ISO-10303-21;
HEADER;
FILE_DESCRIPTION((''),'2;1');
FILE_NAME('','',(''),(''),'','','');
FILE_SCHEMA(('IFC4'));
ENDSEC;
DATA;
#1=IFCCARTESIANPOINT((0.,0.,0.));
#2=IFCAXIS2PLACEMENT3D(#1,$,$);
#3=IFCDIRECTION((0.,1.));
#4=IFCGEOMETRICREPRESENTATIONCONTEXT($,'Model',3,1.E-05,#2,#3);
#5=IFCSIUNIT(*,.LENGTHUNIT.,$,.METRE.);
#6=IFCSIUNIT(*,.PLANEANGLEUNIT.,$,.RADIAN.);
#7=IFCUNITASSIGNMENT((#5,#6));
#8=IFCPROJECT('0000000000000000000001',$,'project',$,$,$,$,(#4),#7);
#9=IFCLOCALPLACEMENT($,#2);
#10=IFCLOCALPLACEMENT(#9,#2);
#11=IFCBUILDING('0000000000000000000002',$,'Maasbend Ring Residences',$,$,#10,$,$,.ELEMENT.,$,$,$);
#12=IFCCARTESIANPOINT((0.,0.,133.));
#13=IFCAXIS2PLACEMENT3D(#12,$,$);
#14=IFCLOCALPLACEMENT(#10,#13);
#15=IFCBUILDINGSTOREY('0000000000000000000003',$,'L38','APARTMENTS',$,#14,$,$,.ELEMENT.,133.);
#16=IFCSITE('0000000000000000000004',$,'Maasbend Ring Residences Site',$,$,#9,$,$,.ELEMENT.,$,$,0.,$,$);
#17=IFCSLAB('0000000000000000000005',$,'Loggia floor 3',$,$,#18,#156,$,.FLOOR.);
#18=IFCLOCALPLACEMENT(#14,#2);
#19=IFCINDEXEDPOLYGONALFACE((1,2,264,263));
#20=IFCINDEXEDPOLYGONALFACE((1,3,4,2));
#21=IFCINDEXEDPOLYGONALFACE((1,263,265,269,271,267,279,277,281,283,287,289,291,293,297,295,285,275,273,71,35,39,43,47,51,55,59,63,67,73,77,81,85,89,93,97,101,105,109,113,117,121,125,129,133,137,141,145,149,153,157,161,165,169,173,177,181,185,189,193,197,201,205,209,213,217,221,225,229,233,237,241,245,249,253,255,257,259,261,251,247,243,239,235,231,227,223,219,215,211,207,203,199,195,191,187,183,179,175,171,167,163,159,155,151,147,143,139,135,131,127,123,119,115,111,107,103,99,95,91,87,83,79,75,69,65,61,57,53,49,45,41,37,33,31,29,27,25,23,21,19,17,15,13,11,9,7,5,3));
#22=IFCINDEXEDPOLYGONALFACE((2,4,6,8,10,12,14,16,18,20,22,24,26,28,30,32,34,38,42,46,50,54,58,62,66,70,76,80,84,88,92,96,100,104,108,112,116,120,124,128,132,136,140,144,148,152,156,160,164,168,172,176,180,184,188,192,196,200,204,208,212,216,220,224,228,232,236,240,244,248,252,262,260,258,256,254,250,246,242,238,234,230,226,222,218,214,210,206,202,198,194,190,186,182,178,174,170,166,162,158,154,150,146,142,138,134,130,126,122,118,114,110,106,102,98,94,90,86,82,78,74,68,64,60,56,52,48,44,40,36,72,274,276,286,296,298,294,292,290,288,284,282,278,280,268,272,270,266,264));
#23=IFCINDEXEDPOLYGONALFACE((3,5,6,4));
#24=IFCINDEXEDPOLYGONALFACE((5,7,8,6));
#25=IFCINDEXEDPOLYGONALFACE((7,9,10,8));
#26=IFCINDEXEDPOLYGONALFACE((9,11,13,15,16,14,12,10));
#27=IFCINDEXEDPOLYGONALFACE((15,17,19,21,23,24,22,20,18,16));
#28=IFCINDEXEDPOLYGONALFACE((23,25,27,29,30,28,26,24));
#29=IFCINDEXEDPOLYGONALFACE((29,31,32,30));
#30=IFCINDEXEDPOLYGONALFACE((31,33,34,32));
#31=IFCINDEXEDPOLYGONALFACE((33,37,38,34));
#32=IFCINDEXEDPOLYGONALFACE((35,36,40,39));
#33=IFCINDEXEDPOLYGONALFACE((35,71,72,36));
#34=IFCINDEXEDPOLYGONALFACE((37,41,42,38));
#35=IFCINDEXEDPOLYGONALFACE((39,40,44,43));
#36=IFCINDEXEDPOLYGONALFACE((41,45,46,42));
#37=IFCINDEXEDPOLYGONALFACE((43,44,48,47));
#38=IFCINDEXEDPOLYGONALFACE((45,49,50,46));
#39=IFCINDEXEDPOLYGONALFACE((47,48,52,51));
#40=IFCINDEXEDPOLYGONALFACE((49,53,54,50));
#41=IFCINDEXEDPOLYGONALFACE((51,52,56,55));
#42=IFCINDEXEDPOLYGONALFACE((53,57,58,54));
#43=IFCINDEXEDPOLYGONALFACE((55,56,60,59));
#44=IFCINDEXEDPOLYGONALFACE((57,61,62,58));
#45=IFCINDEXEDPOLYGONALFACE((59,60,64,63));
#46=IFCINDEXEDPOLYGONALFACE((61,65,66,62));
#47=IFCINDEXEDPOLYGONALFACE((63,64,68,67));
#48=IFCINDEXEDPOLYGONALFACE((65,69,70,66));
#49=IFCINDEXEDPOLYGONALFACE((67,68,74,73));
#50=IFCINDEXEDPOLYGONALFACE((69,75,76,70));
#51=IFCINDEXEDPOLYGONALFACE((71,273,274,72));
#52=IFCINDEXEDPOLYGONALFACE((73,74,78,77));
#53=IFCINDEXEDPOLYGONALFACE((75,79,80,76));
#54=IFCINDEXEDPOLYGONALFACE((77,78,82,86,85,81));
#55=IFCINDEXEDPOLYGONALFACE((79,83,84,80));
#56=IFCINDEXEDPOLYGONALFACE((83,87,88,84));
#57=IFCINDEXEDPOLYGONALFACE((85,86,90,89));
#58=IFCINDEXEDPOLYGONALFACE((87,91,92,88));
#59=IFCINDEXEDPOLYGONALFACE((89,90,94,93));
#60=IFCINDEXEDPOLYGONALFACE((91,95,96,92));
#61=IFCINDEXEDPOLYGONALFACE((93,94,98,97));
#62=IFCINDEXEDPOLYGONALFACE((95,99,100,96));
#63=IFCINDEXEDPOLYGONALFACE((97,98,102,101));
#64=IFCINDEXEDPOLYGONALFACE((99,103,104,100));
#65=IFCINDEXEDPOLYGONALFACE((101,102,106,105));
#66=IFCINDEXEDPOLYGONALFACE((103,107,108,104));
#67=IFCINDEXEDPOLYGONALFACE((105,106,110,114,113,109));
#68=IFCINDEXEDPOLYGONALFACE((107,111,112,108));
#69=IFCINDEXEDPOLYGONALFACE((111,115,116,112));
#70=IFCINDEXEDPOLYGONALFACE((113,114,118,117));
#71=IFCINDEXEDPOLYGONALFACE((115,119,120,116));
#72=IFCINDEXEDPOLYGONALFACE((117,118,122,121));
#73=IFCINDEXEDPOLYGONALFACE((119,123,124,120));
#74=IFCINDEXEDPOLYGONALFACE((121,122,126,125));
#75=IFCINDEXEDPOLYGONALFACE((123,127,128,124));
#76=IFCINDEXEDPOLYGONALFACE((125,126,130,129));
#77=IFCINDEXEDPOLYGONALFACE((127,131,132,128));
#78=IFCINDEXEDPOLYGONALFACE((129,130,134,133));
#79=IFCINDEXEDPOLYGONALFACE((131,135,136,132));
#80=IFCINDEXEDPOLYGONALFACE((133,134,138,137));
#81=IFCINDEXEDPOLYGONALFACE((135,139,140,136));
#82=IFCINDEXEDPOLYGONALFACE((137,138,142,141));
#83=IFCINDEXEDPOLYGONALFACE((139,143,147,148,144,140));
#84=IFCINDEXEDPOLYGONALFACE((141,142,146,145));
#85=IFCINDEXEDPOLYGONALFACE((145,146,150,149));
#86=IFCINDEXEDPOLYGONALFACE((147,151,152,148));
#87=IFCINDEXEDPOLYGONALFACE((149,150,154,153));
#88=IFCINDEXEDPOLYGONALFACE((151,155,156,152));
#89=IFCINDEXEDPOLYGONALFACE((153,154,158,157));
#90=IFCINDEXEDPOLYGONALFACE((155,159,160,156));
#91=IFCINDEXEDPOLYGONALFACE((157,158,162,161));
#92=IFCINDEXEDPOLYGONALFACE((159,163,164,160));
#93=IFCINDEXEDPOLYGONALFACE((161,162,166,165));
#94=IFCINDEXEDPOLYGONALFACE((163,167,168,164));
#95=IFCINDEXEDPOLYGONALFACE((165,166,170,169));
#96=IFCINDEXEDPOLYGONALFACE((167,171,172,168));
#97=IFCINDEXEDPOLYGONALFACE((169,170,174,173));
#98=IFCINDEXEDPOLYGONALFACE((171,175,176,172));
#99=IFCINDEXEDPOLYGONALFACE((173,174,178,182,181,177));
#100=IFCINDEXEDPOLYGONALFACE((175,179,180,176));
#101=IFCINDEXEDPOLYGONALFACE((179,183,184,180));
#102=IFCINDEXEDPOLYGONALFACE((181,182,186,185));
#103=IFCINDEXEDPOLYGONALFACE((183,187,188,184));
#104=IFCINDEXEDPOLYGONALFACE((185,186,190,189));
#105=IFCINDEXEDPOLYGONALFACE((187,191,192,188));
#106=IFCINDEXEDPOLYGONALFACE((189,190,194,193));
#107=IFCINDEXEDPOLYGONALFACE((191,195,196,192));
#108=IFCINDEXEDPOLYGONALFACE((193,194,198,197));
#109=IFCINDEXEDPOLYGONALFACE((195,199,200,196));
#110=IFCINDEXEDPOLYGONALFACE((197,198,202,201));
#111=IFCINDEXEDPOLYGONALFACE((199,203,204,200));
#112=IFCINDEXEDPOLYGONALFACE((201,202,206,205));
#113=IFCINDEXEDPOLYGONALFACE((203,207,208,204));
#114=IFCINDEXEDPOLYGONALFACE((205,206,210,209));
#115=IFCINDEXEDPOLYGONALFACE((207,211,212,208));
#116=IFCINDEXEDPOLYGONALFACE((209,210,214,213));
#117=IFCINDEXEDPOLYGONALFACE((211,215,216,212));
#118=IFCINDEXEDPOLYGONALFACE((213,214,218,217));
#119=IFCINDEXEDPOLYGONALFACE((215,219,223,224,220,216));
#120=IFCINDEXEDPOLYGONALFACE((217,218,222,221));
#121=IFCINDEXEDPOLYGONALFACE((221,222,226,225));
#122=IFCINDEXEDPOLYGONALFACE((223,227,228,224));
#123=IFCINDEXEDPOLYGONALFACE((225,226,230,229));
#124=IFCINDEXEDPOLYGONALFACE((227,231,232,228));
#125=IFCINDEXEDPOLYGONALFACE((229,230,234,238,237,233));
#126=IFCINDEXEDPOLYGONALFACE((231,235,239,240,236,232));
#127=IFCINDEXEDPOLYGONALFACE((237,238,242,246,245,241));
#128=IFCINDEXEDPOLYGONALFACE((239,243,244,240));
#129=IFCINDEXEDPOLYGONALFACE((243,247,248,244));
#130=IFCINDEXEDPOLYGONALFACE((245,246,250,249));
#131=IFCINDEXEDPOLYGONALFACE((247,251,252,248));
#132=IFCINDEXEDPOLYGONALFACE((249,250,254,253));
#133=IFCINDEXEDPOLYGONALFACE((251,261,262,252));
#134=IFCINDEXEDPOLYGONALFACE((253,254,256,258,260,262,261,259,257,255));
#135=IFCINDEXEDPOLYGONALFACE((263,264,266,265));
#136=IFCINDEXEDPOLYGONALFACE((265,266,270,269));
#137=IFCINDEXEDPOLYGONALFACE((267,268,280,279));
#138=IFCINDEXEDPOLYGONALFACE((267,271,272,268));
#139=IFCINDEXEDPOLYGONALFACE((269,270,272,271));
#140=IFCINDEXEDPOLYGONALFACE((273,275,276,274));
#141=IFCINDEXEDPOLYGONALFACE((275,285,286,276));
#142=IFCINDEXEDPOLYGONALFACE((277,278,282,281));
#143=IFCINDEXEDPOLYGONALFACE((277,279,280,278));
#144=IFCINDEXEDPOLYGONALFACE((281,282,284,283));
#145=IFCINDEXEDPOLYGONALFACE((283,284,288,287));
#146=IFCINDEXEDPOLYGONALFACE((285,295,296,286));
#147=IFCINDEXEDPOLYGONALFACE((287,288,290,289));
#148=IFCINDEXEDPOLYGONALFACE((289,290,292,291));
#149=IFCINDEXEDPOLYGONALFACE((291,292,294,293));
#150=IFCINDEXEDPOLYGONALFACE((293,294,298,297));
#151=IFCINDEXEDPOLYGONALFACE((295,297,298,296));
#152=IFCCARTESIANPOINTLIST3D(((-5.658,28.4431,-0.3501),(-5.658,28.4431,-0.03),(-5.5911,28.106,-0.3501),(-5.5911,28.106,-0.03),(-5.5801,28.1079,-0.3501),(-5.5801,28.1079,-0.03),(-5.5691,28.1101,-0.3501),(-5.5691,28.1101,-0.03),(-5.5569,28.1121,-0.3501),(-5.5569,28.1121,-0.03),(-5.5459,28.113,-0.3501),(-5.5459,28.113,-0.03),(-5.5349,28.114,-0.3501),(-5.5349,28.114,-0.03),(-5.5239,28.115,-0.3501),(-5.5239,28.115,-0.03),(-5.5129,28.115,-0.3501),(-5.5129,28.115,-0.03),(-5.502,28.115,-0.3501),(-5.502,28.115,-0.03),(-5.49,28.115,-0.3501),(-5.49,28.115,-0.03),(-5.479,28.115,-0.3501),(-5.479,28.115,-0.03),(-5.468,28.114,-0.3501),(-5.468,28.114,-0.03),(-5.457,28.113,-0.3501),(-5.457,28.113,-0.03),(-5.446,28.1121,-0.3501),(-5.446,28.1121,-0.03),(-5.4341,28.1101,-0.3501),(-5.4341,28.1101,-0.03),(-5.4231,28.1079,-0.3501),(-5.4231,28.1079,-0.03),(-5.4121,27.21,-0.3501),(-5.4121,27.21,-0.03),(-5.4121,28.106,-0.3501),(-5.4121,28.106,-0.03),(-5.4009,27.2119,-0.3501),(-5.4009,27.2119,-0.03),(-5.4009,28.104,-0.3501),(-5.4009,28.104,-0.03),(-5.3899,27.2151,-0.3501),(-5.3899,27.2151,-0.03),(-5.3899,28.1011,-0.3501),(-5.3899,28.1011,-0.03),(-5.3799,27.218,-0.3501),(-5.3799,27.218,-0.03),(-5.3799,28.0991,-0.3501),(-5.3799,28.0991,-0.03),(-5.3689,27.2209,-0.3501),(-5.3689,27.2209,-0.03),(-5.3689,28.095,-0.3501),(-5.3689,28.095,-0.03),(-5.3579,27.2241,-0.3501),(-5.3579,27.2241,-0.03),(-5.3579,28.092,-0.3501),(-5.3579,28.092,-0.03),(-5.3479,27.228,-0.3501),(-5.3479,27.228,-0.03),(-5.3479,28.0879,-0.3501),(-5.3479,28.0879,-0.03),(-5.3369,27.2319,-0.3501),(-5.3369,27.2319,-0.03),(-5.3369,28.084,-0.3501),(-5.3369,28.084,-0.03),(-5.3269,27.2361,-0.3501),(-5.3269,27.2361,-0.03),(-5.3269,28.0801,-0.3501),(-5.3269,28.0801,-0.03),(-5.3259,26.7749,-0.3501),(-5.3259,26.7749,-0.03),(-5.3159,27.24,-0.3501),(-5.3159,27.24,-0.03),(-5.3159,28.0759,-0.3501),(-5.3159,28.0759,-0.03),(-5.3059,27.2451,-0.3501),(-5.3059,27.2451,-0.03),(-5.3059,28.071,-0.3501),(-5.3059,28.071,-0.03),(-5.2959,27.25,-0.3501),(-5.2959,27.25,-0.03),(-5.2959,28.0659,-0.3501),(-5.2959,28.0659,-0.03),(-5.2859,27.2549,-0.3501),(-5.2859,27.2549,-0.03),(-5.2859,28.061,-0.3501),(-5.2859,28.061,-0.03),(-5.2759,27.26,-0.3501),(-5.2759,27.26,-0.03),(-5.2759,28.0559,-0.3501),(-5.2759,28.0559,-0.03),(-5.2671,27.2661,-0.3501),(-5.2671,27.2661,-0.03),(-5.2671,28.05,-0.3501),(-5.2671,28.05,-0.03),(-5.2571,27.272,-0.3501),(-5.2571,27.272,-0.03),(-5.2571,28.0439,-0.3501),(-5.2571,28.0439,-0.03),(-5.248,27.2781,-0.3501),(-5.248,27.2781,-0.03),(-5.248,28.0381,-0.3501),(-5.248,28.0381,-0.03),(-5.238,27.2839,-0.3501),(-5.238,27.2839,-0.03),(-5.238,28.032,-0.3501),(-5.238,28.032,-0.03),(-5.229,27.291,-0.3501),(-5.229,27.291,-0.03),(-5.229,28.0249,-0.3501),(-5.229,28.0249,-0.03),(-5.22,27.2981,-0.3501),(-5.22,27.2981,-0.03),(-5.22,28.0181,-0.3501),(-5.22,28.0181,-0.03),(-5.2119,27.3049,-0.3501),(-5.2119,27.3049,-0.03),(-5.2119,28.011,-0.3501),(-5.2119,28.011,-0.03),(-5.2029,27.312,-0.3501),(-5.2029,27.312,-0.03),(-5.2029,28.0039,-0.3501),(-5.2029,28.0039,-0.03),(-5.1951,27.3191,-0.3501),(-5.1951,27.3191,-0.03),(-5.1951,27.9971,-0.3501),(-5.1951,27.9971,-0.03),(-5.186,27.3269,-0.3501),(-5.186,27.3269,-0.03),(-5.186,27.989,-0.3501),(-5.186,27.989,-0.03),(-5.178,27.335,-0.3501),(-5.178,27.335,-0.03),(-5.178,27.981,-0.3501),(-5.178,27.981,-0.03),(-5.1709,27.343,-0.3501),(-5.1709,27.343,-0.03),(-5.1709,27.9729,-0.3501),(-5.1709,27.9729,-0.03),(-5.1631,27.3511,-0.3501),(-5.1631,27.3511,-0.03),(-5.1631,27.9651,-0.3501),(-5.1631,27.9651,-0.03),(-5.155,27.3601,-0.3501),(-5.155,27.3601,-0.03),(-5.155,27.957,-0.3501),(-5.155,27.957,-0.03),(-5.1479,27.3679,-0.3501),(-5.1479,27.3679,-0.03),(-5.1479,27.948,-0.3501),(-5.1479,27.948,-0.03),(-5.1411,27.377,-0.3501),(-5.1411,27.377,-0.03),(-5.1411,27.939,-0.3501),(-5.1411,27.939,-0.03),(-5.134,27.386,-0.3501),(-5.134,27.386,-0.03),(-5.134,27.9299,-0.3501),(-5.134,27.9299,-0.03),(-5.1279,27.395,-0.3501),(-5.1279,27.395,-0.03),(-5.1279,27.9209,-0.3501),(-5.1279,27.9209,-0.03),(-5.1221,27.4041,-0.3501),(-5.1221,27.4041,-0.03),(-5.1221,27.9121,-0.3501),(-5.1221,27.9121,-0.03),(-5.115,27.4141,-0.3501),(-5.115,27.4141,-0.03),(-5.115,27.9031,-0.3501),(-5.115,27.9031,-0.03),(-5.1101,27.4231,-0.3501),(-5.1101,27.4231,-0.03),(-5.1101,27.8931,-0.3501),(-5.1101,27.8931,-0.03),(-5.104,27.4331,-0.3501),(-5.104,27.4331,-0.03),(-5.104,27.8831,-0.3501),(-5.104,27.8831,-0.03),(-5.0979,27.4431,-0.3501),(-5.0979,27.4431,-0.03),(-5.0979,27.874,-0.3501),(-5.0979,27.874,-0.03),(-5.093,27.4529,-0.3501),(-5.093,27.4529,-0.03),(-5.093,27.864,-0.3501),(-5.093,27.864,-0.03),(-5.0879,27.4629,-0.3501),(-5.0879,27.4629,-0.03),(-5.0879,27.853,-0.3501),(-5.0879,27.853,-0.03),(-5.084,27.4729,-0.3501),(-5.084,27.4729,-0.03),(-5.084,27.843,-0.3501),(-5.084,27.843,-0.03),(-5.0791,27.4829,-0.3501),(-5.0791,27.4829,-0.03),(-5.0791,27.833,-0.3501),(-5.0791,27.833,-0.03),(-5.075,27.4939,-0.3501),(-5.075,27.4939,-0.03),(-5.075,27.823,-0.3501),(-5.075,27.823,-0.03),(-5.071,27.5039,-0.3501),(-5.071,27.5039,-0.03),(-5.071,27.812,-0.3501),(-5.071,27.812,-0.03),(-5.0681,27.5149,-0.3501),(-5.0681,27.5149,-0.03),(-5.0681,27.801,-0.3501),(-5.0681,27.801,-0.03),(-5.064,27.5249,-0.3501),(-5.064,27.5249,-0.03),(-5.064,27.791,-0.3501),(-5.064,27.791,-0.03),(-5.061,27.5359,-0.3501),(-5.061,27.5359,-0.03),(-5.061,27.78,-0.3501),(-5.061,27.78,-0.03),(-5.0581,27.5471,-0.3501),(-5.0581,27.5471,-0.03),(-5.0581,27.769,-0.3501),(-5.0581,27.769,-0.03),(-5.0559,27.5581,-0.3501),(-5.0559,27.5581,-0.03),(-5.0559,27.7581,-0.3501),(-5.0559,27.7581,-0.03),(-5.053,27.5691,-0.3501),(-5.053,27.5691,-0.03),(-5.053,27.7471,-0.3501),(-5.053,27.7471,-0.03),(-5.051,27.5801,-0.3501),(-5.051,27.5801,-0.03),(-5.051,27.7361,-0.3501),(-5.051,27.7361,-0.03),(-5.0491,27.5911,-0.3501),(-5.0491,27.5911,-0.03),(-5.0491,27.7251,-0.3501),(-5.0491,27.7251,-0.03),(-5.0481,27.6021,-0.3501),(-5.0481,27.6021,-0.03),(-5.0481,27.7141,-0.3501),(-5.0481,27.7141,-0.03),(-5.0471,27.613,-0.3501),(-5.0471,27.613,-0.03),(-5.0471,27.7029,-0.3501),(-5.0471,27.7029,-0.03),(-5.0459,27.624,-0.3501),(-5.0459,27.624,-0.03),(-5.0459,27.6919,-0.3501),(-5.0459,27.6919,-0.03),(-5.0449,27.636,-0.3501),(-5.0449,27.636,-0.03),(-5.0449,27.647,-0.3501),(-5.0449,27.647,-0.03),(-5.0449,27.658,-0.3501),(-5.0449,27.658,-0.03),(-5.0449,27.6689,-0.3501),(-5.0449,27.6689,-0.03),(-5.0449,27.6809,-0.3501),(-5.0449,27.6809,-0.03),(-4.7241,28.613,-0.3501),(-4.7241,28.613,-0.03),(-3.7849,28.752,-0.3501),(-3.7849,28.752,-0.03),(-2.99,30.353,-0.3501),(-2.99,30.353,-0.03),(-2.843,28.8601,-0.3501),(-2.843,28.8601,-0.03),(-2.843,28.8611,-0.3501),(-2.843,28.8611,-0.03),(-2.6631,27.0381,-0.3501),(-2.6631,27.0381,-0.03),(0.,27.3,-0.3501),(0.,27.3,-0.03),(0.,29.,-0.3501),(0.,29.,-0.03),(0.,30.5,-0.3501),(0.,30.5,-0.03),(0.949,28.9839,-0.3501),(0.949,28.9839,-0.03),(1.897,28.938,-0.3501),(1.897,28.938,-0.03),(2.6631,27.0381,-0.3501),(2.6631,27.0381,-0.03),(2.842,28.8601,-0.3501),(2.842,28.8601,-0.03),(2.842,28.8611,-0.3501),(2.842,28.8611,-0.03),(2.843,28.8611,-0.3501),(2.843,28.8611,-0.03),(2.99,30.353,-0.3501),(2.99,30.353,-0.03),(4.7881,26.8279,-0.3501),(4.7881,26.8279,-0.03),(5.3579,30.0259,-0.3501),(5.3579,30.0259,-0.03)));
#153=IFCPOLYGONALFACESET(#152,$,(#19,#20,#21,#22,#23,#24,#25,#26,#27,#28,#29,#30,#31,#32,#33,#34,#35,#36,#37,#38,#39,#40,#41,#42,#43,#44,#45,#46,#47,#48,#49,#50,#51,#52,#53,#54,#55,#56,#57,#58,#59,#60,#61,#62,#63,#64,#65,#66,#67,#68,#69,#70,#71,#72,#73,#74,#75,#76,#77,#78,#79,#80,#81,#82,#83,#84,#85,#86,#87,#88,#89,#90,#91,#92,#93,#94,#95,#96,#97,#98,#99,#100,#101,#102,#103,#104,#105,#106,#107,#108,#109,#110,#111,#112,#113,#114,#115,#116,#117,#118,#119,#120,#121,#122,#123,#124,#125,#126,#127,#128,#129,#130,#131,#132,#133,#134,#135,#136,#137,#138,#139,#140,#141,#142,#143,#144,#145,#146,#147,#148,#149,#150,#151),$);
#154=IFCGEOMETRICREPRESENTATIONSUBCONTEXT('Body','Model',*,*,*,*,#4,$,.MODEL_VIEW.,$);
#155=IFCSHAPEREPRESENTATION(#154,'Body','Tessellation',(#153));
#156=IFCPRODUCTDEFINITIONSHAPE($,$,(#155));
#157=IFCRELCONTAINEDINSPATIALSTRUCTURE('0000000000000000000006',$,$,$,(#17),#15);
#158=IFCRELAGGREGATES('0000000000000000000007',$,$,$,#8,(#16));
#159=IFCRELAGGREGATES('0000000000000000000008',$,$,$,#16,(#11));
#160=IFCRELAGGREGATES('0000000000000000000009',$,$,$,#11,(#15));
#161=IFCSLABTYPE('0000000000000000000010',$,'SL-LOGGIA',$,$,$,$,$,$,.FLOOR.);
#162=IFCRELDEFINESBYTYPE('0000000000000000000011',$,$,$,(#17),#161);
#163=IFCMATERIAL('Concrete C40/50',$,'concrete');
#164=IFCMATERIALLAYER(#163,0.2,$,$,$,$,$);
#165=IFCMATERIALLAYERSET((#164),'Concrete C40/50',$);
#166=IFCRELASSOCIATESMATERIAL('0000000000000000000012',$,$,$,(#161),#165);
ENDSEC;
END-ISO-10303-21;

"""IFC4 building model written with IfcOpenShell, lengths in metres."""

from ifc_helpers import new_model, si_unit, direction, frame, origin, place, context, subcontext, project, spatial, polyline, outline, extrude, material, layer, layer_set, type_object, element, save


model = new_model("IFC4")

# Units and contexts
model_context = context("Model", 3, precision=1e-05, world=origin(), true_north=direction((0.0, 1.0)))
body_context = subcontext(model_context, "Body", "Model", "MODEL_VIEW")
ifc_project = project(units=[si_unit("LENGTHUNIT", "METRE"), si_unit("PLANEANGLEUNIT", "RADIAN")], contexts=[model_context])

# Site, building, storey
site_placement = place(None, origin())
site = spatial("IfcSite", under=ifc_project, at=site_placement, Name="Maasbend Ring Residences Site", CompositionType="ELEMENT", RefElevation=0.0)
building_placement = place(site_placement, origin())
building = spatial("IfcBuilding", under=site, at=building_placement, Name="Maasbend Ring Residences", CompositionType="ELEMENT")
storey_placement = place(building_placement, frame((0.0, 0.0, 133.0)))
storey = spatial("IfcBuildingStorey", under=building, at=storey_placement, Name="L38", Description="APARTMENTS", CompositionType="ELEMENT", Elevation=133.0)

# Slab
ifc_material_1 = material(Name="Concrete C40/50", Category="concrete")
ifc_layer_1 = layer(ifc_material_1, 0.2)
ifc_layer_set_1 = layer_set([ifc_layer_1], Name="Concrete C40/50")
slab_type_1 = type_object("IfcSlabType", Name="SL-LOGGIA", PredefinedType="FLOOR", material=ifc_layer_set_1)
slab_1_placement = place(storey_placement, frame((0.0, 0.0, -0.3501)))
element("IfcSlab", 1, at=slab_1_placement, inside=storey, type_object=slab_type_1, Name="Loggia floor 3", PredefinedType="FLOOR", context=body_context, shape_type="SweptSolid", body=[
    extrude(outline(polyline([(-3.7849, 28.752), (-2.843, 28.8601), (-2.843, 28.8601), (-2.843, 28.8601), (-2.843, 28.8601), (-2.843, 28.8601), (-2.843, 28.8601), (-2.843, 28.8601), (-2.843, 28.8601), (-2.843, 28.8601), (-2.843, 28.8611), (-2.843, 28.8611), (-2.843, 28.8611), (-2.843, 28.8611), (-2.843, 28.8611), (-2.843, 28.8611), (-2.843, 28.8611), (-2.843, 28.8611), (-2.99, 30.353), (-2.99, 30.353), (-2.99, 30.353), (0.0, 30.5), (0.0, 30.5), (0.0, 30.5), (0.0, 29.0), (0.0, 29.0), (0.0, 29.0), (0.0, 29.0), (0.0, 29.0), (0.0, 29.0), (0.0, 29.0), (0.0, 29.0), (0.0, 29.0), (0.0, 29.0), (0.0, 29.0), (0.0, 29.0), (0.0, 29.0), (0.0, 29.0), (0.0, 29.0), (0.0, 29.0), (0.0, 29.0), (0.949, 28.9839), (0.949, 28.9839), (1.897, 28.938), (1.897, 28.938), (2.842, 28.8601), (2.842, 28.8601), (2.842, 28.8601), (2.842, 28.8601), (2.842, 28.8601), (2.842, 28.8601), (2.842, 28.8601), (2.842, 28.8601), (2.842, 28.8611), (2.842, 28.8611), (2.842, 28.8611), (2.842, 28.8611), (2.842, 28.8611), (2.843, 28.8611), (2.843, 28.8611), (2.843, 28.8611), (2.843, 28.8611), (2.99, 30.353), (2.99, 30.353), (2.99, 30.353), (5.3579, 30.0259), (5.3579, 30.0259), (5.3579, 30.0259), (4.7881, 26.8279), (4.7881, 26.8279), (4.7881, 26.8279), (2.6631, 27.0381), (0.0, 27.3), (0.0, 27.3), (0.0, 27.3), (-2.6631, 27.0381), (-5.3259, 26.7749), (-5.3259, 26.7749), (-5.3259, 26.7749), (-5.4121, 27.21), (-5.4121, 27.21), (-5.4009, 27.2119), (-5.3899, 27.2151), (-5.3799, 27.218), (-5.3689, 27.2209), (-5.3579, 27.2241), (-5.3479, 27.228), (-5.3369, 27.2319), (-5.3269, 27.2361), (-5.3159, 27.24), (-5.3059, 27.2451), (-5.2959, 27.25), (-5.2859, 27.2549), (-5.2759, 27.26), (-5.2671, 27.2661), (-5.2571, 27.272), (-5.248, 27.2781), (-5.238, 27.2839), (-5.229, 27.291), (-5.22, 27.2981), (-5.2119, 27.3049), (-5.2029, 27.312), (-5.1951, 27.3191), (-5.186, 27.3269), (-5.178, 27.335), (-5.1709, 27.343), (-5.1631, 27.3511), (-5.155, 27.3601), (-5.1479, 27.3679), (-5.1411, 27.377), (-5.134, 27.386), (-5.1279, 27.395), (-5.1221, 27.4041), (-5.115, 27.4141), (-5.1101, 27.4231), (-5.104, 27.4331), (-5.0979, 27.4431), (-5.093, 27.4529), (-5.0879, 27.4629), (-5.084, 27.4729), (-5.0791, 27.4829), (-5.075, 27.4939), (-5.071, 27.5039), (-5.0681, 27.5149), (-5.064, 27.5249), (-5.061, 27.5359), (-5.0581, 27.5471), (-5.0559, 27.5581), (-5.053, 27.5691), (-5.051, 27.5801), (-5.0491, 27.5911), (-5.0481, 27.6021), (-5.0471, 27.613), (-5.0459, 27.624), (-5.0449, 27.636), (-5.0449, 27.647), (-5.0449, 27.658), (-5.0449, 27.6689), (-5.0449, 27.6809), (-5.0459, 27.6919), (-5.0471, 27.7029), (-5.0481, 27.7141), (-5.0491, 27.7251), (-5.051, 27.7361), (-5.053, 27.7471), (-5.0559, 27.7581), (-5.0581, 27.769), (-5.061, 27.78), (-5.064, 27.791), (-5.0681, 27.801), (-5.071, 27.812), (-5.075, 27.823), (-5.0791, 27.833), (-5.084, 27.843), (-5.0879, 27.853), (-5.093, 27.864), (-5.0979, 27.874), (-5.104, 27.8831), (-5.1101, 27.8931), (-5.115, 27.9031), (-5.1221, 27.9121), (-5.1279, 27.9209), (-5.134, 27.9299), (-5.1411, 27.939), (-5.1479, 27.948), (-5.155, 27.957), (-5.1631, 27.9651), (-5.1709, 27.9729), (-5.178, 27.981), (-5.186, 27.989), (-5.1951, 27.9971), (-5.2029, 28.0039), (-5.2119, 28.011), (-5.22, 28.0181), (-5.229, 28.0249), (-5.238, 28.032), (-5.248, 28.0381), (-5.2571, 28.0439), (-5.2671, 28.05), (-5.2759, 28.0559), (-5.2859, 28.061), (-5.2959, 28.0659), (-5.3059, 28.071), (-5.3159, 28.0759), (-5.3269, 28.0801), (-5.3369, 28.084), (-5.3479, 28.0879), (-5.3579, 28.092), (-5.3689, 28.095), (-5.3799, 28.0991), (-5.3899, 28.1011), (-5.4009, 28.104), (-5.4121, 28.106), (-5.4231, 28.1079), (-5.4341, 28.1101), (-5.446, 28.1121), (-5.457, 28.113), (-5.468, 28.114), (-5.479, 28.115), (-5.49, 28.115), (-5.502, 28.115), (-5.5129, 28.115), (-5.5239, 28.115), (-5.5349, 28.114), (-5.5459, 28.113), (-5.5569, 28.1121), (-5.5691, 28.1101), (-5.5801, 28.1079), (-5.5911, 28.106), (-5.5911, 28.106), (-5.658, 28.4431), (-5.658, 28.4431), (-5.658, 28.4431), (-4.7241, 28.613), (-4.7241, 28.613), (-3.7849, 28.752), (-3.7849, 28.752)])), origin(), (0.0, 0.0, 1.0), 0.3201),
])

save(model, "model.ifc")
